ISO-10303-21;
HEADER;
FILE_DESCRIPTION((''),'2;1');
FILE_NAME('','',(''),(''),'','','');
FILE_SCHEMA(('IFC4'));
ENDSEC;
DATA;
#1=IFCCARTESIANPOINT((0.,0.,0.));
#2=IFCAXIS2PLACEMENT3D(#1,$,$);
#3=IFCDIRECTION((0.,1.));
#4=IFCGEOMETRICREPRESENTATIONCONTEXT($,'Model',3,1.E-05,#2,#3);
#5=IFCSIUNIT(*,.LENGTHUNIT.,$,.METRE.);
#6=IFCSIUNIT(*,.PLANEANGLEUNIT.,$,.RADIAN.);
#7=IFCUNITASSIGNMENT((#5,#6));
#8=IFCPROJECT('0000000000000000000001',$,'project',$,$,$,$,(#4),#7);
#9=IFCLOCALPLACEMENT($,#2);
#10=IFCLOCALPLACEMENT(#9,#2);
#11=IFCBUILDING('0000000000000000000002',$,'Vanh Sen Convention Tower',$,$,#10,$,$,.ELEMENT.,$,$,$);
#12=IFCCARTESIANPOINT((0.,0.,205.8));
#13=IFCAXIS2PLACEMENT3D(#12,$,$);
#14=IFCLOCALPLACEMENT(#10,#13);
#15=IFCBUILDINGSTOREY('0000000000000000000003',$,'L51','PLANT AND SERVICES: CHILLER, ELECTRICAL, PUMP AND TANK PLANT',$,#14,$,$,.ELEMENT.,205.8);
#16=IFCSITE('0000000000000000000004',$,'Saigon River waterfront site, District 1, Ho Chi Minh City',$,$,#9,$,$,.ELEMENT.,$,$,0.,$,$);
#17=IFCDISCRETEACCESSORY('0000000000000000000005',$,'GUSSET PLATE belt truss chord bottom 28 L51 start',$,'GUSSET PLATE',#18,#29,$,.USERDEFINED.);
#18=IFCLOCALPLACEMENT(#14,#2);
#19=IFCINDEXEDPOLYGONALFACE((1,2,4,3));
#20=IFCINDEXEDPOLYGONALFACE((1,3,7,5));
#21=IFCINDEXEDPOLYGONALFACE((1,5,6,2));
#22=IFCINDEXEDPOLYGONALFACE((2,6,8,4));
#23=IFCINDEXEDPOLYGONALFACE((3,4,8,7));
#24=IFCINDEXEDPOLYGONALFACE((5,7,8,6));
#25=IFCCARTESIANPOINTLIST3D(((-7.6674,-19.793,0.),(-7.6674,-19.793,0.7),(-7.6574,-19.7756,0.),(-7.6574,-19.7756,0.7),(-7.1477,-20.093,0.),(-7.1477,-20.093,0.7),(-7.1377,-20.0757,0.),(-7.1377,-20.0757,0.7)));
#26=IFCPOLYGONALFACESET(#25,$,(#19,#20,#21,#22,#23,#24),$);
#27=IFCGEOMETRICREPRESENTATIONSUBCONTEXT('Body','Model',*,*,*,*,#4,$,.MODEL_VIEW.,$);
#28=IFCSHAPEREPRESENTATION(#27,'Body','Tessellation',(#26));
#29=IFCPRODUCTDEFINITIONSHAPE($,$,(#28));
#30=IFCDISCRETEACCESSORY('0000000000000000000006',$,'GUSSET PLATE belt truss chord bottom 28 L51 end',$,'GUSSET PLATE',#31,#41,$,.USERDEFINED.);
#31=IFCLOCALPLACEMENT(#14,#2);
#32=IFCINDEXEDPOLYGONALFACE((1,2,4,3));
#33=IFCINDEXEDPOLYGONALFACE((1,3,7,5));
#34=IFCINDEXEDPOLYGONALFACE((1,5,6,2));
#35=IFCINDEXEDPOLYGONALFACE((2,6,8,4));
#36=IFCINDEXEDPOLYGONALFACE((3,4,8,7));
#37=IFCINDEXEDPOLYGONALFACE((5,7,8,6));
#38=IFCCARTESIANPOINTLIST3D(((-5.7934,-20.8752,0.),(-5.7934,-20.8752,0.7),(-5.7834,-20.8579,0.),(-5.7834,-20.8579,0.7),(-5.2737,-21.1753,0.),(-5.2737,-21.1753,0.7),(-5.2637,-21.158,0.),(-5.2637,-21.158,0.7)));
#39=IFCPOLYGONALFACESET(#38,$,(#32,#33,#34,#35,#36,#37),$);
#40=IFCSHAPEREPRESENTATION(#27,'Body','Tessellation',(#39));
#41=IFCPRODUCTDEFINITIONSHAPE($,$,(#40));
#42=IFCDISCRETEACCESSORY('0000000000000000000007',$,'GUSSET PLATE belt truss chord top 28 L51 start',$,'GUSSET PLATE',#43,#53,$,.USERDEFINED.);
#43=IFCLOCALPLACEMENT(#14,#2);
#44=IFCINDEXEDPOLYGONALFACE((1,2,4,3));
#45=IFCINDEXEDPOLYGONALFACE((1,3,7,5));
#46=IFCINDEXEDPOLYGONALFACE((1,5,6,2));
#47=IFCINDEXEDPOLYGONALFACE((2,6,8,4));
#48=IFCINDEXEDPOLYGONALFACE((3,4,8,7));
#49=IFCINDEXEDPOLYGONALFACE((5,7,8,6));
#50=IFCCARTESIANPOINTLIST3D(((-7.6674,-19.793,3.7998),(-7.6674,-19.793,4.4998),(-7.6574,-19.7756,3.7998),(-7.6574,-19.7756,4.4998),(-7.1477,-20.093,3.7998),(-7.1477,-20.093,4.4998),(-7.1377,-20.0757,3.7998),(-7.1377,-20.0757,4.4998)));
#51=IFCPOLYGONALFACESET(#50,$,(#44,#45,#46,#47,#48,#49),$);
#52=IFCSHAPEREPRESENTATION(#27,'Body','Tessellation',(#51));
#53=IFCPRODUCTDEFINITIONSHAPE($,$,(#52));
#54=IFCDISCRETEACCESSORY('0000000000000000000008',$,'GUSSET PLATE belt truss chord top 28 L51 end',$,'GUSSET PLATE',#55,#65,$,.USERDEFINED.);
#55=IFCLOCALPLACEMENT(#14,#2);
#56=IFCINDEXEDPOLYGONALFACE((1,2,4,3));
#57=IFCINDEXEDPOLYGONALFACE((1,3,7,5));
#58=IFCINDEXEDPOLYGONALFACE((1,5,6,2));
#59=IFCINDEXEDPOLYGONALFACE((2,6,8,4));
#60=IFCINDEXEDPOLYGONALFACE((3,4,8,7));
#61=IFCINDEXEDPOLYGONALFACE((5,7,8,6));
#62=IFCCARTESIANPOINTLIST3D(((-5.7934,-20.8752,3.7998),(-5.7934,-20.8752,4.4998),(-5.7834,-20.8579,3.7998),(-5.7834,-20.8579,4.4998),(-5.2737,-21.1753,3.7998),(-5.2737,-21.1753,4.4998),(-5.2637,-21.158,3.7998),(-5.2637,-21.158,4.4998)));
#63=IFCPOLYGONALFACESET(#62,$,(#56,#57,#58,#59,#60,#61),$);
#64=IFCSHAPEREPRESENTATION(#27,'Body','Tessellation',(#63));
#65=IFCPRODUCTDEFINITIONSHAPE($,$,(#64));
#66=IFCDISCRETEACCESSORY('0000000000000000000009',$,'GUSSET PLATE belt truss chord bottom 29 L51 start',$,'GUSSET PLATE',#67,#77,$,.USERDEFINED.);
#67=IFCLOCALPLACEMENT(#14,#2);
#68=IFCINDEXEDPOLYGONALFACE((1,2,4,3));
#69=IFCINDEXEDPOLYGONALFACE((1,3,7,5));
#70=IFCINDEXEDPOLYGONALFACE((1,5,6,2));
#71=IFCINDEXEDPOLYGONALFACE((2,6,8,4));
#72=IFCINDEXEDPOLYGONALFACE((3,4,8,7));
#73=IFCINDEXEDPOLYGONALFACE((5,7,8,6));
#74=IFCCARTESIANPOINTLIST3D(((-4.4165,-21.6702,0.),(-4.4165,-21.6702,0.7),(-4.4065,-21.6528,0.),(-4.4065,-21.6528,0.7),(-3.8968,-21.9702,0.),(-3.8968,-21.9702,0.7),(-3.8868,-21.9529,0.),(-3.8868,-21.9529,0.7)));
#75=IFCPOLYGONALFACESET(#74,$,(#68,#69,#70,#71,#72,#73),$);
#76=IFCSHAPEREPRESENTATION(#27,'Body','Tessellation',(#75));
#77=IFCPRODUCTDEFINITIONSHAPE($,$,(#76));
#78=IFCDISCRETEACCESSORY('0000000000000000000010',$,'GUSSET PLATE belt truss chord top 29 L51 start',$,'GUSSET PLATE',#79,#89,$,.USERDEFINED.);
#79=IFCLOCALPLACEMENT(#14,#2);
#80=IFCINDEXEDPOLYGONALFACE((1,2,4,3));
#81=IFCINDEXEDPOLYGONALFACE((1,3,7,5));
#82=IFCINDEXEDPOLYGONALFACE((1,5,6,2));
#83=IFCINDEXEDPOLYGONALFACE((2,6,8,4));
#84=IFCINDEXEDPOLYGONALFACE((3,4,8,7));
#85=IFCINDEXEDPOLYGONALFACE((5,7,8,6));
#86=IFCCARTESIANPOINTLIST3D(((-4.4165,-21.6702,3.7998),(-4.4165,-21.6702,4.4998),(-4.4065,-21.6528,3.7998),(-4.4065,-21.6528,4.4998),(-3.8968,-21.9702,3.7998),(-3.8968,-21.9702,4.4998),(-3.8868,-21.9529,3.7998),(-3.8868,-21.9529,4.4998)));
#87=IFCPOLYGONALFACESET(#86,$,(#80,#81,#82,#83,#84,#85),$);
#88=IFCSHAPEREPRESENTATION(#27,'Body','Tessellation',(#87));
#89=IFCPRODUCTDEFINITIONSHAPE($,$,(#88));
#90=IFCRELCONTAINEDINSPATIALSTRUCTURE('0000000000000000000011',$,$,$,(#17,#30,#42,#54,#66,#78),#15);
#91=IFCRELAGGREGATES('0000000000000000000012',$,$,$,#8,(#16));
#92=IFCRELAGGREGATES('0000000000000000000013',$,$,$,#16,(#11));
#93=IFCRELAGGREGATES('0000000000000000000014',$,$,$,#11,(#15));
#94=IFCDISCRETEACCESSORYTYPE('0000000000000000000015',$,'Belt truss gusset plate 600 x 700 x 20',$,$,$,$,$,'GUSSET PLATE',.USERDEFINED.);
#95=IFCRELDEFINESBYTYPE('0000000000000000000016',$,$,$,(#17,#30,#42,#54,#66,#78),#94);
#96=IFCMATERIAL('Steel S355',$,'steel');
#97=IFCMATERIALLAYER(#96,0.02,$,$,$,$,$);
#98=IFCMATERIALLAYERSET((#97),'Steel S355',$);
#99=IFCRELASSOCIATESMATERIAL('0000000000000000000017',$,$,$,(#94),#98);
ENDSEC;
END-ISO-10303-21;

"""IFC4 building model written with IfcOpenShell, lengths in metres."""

from ifc_helpers import new_model, si_unit, direction, frame, origin, origin_2d, place, context, subcontext, project, spatial, rectangle, extrude, material, layer, layer_set, type_object, element, save


model = new_model("IFC4")

# Units and contexts
model_context = context("Model", 3, precision=1e-05, world=origin(), true_north=direction((0.0, 1.0)))
body_context = subcontext(model_context, "Body", "Model", "MODEL_VIEW")
ifc_project = project(units=[si_unit("LENGTHUNIT", "METRE"), si_unit("PLANEANGLEUNIT", "RADIAN")], contexts=[model_context])

# Site, building, storey
site_placement = place(None, origin())
site = spatial("IfcSite", under=ifc_project, at=site_placement, Name="Saigon River waterfront site, District 1, Ho Chi Minh City", CompositionType="ELEMENT", RefElevation=0.0)
building_placement = place(site_placement, origin())
building = spatial("IfcBuilding", under=site, at=building_placement, Name="Vanh Sen Convention Tower", CompositionType="ELEMENT")
storey_placement = place(building_placement, frame((0.0, 0.0, 205.8)))
storey = spatial("IfcBuildingStorey", under=building, at=storey_placement, Name="L51", Description="PLANT AND SERVICES: CHILLER, ELECTRICAL, PUMP AND TANK PLANT", CompositionType="ELEMENT", Elevation=205.8)

# Shared definitions
ifc_material_1 = material(Name="Steel S355", Category="steel")

# Discrete accessories
ifc_layer_1 = layer(ifc_material_1, 0.02)
ifc_layer_set_1 = layer_set([ifc_layer_1], Name="Steel S355")
discrete_accessory_type = type_object("IfcDiscreteAccessoryType", Name="Belt truss gusset plate 600 x 700 x 20", ElementType="GUSSET PLATE", PredefinedType="USERDEFINED", material=ifc_layer_set_1)
for number, where, z_axis, x_axis, name in (
    (1, (-7.4026, -19.9343, 0.0), (0.0, 0.0, 1.0), (0.866017, -0.500015, 0.0), "GUSSET PLATE belt truss chord bottom 28 L51 start"),
    (2, (-5.5286, -21.0166, 0.0), (0.0, 0.0, 1.0), (-0.866017, 0.500015, 0.0), "GUSSET PLATE belt truss chord bottom 28 L51 end"),
    (3, (-7.4026, -19.9343, 3.7998), (0.0, 0.0, 1.0), (0.866017, -0.500015, 0.0), "GUSSET PLATE belt truss chord top 28 L51 start"),
    (4, (-5.5286, -21.0166, 3.7998), (0.0, 0.0, 1.0), (-0.866017, 0.500015, 0.0), "GUSSET PLATE belt truss chord top 28 L51 end"),
    (5, (-4.1516, -21.8115, 0.0), (0.0, 0.0, 1.0), (0.866035, -0.499983, 0.0), "GUSSET PLATE belt truss chord bottom 29 L51 start"),
    (6, (-4.1516, -21.8115, 3.7998), (0.0, 0.0, 1.0), (0.866035, -0.499983, 0.0), "GUSSET PLATE belt truss chord top 29 L51 start"),
):
    element("IfcDiscreteAccessory", number, at=place(storey_placement, frame(where, z_axis=z_axis, x_axis=x_axis)), inside=storey, type_object=discrete_accessory_type, Name=name, ObjectType="GUSSET PLATE", PredefinedType="USERDEFINED", context=body_context, shape_type="SweptSolid", body=[
        extrude(rectangle(XDim=0.6001, YDim=0.02, at=origin_2d()), origin(), (0.0, 0.0, 1.0), 0.7),
    ])

save(model, "model.ifc")
